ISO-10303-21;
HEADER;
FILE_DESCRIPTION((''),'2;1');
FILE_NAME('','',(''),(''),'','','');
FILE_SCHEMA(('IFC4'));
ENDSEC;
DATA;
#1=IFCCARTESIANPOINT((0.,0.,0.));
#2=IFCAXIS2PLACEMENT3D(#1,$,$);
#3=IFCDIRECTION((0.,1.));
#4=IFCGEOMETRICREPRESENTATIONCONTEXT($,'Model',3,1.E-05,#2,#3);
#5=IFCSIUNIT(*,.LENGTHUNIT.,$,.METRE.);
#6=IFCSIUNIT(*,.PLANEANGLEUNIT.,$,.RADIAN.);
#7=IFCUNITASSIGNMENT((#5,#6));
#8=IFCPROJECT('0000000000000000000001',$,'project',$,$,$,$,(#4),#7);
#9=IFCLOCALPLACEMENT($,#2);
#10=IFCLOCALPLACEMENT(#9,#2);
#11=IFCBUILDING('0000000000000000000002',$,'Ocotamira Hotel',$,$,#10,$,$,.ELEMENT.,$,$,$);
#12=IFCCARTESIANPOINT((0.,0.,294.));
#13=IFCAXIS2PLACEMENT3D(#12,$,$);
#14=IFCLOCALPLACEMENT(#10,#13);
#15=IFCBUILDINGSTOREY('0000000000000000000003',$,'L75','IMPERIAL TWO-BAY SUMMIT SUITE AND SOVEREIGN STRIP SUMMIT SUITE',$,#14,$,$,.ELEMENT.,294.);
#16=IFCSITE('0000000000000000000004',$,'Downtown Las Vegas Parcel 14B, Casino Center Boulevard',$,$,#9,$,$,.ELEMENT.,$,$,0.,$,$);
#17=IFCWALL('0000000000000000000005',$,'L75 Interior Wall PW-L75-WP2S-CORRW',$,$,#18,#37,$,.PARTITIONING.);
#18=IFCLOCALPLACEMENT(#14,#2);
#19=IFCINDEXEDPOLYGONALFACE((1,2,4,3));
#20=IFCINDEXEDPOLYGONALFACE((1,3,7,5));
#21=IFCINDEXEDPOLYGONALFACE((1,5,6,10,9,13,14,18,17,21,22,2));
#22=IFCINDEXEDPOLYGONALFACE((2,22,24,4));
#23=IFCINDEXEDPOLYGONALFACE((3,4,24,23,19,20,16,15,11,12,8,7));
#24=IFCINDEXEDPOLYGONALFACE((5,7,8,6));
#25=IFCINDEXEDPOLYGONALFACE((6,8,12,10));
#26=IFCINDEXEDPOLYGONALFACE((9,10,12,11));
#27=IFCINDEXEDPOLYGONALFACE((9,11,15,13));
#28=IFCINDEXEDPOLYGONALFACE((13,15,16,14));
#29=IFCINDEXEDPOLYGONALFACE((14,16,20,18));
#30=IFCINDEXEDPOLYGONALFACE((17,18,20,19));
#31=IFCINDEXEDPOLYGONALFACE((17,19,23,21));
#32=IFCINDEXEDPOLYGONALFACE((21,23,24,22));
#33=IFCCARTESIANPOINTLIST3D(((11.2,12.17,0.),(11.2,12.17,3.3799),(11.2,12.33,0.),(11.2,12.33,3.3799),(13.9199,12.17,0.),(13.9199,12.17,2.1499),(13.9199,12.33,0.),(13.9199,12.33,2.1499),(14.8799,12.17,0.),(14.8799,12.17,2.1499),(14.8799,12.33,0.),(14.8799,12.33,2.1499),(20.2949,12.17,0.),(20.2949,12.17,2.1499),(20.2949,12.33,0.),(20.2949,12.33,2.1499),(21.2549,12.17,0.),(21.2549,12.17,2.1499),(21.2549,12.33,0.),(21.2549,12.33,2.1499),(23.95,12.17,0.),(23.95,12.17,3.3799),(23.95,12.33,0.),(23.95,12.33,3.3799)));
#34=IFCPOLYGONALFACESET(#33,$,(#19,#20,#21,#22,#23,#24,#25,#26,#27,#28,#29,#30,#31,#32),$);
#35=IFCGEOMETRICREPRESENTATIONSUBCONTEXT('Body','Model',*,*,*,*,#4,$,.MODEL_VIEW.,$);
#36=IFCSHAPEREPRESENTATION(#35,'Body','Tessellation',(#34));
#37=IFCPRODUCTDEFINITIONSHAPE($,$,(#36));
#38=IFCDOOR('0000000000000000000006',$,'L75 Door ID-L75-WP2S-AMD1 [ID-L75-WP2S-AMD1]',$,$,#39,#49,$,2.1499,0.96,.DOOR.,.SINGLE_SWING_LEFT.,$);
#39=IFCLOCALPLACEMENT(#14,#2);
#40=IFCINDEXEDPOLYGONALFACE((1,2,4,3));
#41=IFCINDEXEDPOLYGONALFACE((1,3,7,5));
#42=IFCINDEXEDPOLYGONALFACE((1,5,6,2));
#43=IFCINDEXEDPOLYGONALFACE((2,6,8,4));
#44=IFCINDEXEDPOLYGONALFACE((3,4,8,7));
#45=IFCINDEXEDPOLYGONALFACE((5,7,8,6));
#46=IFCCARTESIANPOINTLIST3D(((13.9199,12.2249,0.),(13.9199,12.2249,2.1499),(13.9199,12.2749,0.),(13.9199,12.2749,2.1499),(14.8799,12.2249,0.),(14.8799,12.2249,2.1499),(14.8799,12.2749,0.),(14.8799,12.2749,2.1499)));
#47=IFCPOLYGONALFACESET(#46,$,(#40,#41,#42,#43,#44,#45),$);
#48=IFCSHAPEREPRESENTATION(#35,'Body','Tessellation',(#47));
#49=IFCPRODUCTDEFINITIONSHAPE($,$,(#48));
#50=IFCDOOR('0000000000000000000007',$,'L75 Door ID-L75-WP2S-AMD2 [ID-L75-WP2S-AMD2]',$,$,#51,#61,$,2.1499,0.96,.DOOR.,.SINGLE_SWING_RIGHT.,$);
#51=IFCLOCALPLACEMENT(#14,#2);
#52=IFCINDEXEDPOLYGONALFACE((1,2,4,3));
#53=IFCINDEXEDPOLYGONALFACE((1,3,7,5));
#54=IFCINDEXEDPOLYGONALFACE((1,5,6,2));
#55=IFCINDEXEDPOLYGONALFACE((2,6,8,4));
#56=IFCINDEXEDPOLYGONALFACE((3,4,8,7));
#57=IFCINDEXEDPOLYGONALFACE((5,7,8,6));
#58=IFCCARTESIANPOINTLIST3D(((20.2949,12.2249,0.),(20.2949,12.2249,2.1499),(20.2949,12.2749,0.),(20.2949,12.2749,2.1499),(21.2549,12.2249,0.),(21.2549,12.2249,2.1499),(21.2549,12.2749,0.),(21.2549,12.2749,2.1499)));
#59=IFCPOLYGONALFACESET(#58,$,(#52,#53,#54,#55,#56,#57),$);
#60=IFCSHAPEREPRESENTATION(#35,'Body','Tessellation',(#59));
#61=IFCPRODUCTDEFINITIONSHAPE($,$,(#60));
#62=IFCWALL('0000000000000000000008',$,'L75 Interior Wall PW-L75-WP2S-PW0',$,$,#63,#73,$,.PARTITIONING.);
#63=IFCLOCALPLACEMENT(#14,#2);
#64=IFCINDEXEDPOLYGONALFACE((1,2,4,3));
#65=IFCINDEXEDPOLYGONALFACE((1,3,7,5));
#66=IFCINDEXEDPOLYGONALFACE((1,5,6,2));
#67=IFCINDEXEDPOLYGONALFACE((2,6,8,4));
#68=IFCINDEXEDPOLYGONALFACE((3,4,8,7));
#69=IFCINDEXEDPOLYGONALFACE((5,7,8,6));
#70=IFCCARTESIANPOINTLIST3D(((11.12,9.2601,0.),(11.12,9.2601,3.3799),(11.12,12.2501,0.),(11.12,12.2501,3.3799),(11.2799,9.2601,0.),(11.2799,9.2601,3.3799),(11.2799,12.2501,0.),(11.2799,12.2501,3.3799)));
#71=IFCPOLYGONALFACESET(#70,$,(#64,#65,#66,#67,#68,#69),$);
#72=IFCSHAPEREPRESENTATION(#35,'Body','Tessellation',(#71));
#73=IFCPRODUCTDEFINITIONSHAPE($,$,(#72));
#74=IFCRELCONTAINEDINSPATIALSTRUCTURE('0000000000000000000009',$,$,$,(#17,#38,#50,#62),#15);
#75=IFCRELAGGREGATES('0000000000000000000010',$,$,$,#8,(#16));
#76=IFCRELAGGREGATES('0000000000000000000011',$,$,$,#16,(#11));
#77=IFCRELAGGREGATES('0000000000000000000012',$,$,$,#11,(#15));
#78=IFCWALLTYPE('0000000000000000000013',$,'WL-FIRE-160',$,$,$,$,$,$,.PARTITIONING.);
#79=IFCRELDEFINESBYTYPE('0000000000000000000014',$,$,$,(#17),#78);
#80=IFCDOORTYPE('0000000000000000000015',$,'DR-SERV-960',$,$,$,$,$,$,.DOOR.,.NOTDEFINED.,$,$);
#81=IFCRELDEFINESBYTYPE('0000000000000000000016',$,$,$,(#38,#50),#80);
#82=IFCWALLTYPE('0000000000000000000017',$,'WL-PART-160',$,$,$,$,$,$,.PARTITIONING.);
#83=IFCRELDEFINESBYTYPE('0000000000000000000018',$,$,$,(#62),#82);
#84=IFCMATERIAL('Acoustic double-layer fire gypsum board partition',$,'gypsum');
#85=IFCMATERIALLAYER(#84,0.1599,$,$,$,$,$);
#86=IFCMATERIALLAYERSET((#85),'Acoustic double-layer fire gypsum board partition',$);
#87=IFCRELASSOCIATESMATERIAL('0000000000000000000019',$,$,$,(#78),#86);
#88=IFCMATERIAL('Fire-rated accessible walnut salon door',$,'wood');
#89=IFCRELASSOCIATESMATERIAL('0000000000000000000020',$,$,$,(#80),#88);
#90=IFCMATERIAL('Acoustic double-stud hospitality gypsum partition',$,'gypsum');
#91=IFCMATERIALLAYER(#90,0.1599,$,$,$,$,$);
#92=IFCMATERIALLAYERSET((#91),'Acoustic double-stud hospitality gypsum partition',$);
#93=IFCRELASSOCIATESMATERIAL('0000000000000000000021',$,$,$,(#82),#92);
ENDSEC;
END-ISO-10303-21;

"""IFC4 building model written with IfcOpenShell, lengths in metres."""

from ifc_helpers import new_model, si_unit, direction, frame, frame_2d, origin, place, context, subcontext, project, spatial, rectangle, extrude, source, transform, mapped, material, layer, layer_set, type_object, element, fill, save


model = new_model("IFC4")

# Units and contexts
model_context = context("Model", 3, precision=1e-05, world=origin(), true_north=direction((0.0, 1.0)))
body_context = subcontext(model_context, "Body", "Model", "MODEL_VIEW")
ifc_project = project(units=[si_unit("LENGTHUNIT", "METRE"), si_unit("PLANEANGLEUNIT", "RADIAN")], contexts=[model_context])

# Site, building, storey
site_placement = place(None, origin())
site = spatial("IfcSite", under=ifc_project, at=site_placement, Name="Downtown Las Vegas Parcel 14B, Casino Center Boulevard", CompositionType="ELEMENT", RefElevation=0.0)
building_placement = place(site_placement, origin())
building = spatial("IfcBuilding", under=site, at=building_placement, Name="Ocotamira Hotel", CompositionType="ELEMENT")
storey_placement = place(building_placement, frame((0.0, 0.0, 294.0)))
storey = spatial("IfcBuildingStorey", under=building, at=storey_placement, Name="L75", Description="IMPERIAL TWO-BAY SUMMIT SUITE AND SOVEREIGN STRIP SUMMIT SUITE", CompositionType="ELEMENT", Elevation=294.0)

# Wall, openings, doors
ifc_material_1 = material(Name="Acoustic double-layer fire gypsum board partition", Category="gypsum")
ifc_layer_1 = layer(ifc_material_1, 0.1599)
ifc_layer_set_1 = layer_set([ifc_layer_1], Name="Acoustic double-layer fire gypsum board partition")
wall_type_1 = type_object("IfcWallType", Name="WL-FIRE-160", PredefinedType="PARTITIONING", material=ifc_layer_set_1)
wall_1_placement = place(storey_placement, frame((11.2, 12.25, 0.0), z_axis=(0.0, 0.0, 1.0), x_axis=(1.0, 0.0, 0.0)))
wall_1 = element("IfcWall", 1, at=wall_1_placement, inside=storey, type_object=wall_type_1, Name="L75 Interior Wall PW-L75-WP2S-CORRW", PredefinedType="PARTITIONING", context=body_context, shape_type="SweptSolid", body=[
    extrude(rectangle(XDim=12.75, YDim=0.1599, at=frame_2d((6.375, 0.0))), origin(), (0.0, 0.0, 1.0), 3.3799),
])
opening_1_placement = place(wall_1_placement, frame((2.72, 0.0, 0.0)))
opening_1 = element("IfcOpeningElement", 2, at=opening_1_placement, cuts=wall_1, PredefinedType="OPENING", context=body_context, shape_type="SweptSolid", body=[
    extrude(rectangle(XDim=0.96, YDim=2.1499, at=frame_2d((0.48, 1.075))), frame((0.0, 0.0898, 0.0), z_axis=(0.0, -1.0, 0.0), x_axis=(1.0, 0.0, 0.0)), (0.0, 0.0, 1.0), 0.1799),
])
opening_2_placement = place(wall_1_placement, frame((9.095, 0.0, 0.0)))
opening_2 = element("IfcOpeningElement", 3, at=opening_2_placement, cuts=wall_1, PredefinedType="OPENING", context=body_context, shape_type="SweptSolid", body=[
    extrude(rectangle(XDim=0.96, YDim=2.1499, at=frame_2d((0.48, 1.075))), frame((0.0, 0.0898, 0.0), z_axis=(0.0, -1.0, 0.0), x_axis=(1.0, 0.0, 0.0)), (0.0, 0.0, 1.0), 0.1799),
])
ifc_material_2 = material(Name="Fire-rated accessible walnut salon door", Category="wood")
door_type = type_object("IfcDoorType", Name="DR-SERV-960", OperationType="NOTDEFINED", PredefinedType="DOOR", material=ifc_material_2)
shared_shape_1 = source(origin(), body_context, "Body", "SweptSolid", [
    extrude(rectangle(XDim=0.96, YDim=2.1499, at=frame_2d((0.48, 1.075))), frame((0.0, 0.0249, 0.0), z_axis=(0.0, -1.0, 0.0), x_axis=(1.0, 0.0, 0.0)), (0.0, 0.0, 1.0), 0.05),
])
door_1_placement = place(opening_1_placement, origin())
door_1 = element("IfcDoor", 4, at=door_1_placement, inside=storey, type_object=door_type, Name="L75 Door ID-L75-WP2S-AMD1 [ID-L75-WP2S-AMD1]", OperationType="SINGLE_SWING_LEFT", OverallHeight=2.1499, OverallWidth=0.96, PredefinedType="DOOR", context=body_context, shape_type="MappedRepresentation", body=[
    mapped(shared_shape_1, transform((0.0, 0.0, 0.0), scale=1.0)),
])
fill(opening_1, door_1)
door_2_placement = place(opening_2_placement, origin())
door_2 = element("IfcDoor", 5, at=door_2_placement, inside=storey, type_object=door_type, Name="L75 Door ID-L75-WP2S-AMD2 [ID-L75-WP2S-AMD2]", OperationType="SINGLE_SWING_RIGHT", OverallHeight=2.1499, OverallWidth=0.96, PredefinedType="DOOR", context=body_context, shape_type="MappedRepresentation", body=[
    mapped(shared_shape_1, transform((0.0, 0.0, 0.0), scale=1.0)),
])
fill(opening_2, door_2)

# Wall
ifc_material_3 = material(Name="Acoustic double-stud hospitality gypsum partition", Category="gypsum")
ifc_layer_2 = layer(ifc_material_3, 0.1599)
ifc_layer_set_2 = layer_set([ifc_layer_2], Name="Acoustic double-stud hospitality gypsum partition")
wall_type_2 = type_object("IfcWallType", Name="WL-PART-160", PredefinedType="PARTITIONING", material=ifc_layer_set_2)
wall_2_placement = place(storey_placement, frame((11.2, 9.26, 0.0), z_axis=(0.0, 0.0, 1.0), x_axis=(0.0, 1.0, 0.0)))
element("IfcWall", 6, at=wall_2_placement, inside=storey, type_object=wall_type_2, Name="L75 Interior Wall PW-L75-WP2S-PW0", PredefinedType="PARTITIONING", context=body_context, shape_type="SweptSolid", body=[
    extrude(rectangle(XDim=2.99, YDim=0.1599, at=frame_2d((1.4951, 0.0))), origin(), (0.0, 0.0, 1.0), 3.3799),
])

save(model, "model.ifc")
